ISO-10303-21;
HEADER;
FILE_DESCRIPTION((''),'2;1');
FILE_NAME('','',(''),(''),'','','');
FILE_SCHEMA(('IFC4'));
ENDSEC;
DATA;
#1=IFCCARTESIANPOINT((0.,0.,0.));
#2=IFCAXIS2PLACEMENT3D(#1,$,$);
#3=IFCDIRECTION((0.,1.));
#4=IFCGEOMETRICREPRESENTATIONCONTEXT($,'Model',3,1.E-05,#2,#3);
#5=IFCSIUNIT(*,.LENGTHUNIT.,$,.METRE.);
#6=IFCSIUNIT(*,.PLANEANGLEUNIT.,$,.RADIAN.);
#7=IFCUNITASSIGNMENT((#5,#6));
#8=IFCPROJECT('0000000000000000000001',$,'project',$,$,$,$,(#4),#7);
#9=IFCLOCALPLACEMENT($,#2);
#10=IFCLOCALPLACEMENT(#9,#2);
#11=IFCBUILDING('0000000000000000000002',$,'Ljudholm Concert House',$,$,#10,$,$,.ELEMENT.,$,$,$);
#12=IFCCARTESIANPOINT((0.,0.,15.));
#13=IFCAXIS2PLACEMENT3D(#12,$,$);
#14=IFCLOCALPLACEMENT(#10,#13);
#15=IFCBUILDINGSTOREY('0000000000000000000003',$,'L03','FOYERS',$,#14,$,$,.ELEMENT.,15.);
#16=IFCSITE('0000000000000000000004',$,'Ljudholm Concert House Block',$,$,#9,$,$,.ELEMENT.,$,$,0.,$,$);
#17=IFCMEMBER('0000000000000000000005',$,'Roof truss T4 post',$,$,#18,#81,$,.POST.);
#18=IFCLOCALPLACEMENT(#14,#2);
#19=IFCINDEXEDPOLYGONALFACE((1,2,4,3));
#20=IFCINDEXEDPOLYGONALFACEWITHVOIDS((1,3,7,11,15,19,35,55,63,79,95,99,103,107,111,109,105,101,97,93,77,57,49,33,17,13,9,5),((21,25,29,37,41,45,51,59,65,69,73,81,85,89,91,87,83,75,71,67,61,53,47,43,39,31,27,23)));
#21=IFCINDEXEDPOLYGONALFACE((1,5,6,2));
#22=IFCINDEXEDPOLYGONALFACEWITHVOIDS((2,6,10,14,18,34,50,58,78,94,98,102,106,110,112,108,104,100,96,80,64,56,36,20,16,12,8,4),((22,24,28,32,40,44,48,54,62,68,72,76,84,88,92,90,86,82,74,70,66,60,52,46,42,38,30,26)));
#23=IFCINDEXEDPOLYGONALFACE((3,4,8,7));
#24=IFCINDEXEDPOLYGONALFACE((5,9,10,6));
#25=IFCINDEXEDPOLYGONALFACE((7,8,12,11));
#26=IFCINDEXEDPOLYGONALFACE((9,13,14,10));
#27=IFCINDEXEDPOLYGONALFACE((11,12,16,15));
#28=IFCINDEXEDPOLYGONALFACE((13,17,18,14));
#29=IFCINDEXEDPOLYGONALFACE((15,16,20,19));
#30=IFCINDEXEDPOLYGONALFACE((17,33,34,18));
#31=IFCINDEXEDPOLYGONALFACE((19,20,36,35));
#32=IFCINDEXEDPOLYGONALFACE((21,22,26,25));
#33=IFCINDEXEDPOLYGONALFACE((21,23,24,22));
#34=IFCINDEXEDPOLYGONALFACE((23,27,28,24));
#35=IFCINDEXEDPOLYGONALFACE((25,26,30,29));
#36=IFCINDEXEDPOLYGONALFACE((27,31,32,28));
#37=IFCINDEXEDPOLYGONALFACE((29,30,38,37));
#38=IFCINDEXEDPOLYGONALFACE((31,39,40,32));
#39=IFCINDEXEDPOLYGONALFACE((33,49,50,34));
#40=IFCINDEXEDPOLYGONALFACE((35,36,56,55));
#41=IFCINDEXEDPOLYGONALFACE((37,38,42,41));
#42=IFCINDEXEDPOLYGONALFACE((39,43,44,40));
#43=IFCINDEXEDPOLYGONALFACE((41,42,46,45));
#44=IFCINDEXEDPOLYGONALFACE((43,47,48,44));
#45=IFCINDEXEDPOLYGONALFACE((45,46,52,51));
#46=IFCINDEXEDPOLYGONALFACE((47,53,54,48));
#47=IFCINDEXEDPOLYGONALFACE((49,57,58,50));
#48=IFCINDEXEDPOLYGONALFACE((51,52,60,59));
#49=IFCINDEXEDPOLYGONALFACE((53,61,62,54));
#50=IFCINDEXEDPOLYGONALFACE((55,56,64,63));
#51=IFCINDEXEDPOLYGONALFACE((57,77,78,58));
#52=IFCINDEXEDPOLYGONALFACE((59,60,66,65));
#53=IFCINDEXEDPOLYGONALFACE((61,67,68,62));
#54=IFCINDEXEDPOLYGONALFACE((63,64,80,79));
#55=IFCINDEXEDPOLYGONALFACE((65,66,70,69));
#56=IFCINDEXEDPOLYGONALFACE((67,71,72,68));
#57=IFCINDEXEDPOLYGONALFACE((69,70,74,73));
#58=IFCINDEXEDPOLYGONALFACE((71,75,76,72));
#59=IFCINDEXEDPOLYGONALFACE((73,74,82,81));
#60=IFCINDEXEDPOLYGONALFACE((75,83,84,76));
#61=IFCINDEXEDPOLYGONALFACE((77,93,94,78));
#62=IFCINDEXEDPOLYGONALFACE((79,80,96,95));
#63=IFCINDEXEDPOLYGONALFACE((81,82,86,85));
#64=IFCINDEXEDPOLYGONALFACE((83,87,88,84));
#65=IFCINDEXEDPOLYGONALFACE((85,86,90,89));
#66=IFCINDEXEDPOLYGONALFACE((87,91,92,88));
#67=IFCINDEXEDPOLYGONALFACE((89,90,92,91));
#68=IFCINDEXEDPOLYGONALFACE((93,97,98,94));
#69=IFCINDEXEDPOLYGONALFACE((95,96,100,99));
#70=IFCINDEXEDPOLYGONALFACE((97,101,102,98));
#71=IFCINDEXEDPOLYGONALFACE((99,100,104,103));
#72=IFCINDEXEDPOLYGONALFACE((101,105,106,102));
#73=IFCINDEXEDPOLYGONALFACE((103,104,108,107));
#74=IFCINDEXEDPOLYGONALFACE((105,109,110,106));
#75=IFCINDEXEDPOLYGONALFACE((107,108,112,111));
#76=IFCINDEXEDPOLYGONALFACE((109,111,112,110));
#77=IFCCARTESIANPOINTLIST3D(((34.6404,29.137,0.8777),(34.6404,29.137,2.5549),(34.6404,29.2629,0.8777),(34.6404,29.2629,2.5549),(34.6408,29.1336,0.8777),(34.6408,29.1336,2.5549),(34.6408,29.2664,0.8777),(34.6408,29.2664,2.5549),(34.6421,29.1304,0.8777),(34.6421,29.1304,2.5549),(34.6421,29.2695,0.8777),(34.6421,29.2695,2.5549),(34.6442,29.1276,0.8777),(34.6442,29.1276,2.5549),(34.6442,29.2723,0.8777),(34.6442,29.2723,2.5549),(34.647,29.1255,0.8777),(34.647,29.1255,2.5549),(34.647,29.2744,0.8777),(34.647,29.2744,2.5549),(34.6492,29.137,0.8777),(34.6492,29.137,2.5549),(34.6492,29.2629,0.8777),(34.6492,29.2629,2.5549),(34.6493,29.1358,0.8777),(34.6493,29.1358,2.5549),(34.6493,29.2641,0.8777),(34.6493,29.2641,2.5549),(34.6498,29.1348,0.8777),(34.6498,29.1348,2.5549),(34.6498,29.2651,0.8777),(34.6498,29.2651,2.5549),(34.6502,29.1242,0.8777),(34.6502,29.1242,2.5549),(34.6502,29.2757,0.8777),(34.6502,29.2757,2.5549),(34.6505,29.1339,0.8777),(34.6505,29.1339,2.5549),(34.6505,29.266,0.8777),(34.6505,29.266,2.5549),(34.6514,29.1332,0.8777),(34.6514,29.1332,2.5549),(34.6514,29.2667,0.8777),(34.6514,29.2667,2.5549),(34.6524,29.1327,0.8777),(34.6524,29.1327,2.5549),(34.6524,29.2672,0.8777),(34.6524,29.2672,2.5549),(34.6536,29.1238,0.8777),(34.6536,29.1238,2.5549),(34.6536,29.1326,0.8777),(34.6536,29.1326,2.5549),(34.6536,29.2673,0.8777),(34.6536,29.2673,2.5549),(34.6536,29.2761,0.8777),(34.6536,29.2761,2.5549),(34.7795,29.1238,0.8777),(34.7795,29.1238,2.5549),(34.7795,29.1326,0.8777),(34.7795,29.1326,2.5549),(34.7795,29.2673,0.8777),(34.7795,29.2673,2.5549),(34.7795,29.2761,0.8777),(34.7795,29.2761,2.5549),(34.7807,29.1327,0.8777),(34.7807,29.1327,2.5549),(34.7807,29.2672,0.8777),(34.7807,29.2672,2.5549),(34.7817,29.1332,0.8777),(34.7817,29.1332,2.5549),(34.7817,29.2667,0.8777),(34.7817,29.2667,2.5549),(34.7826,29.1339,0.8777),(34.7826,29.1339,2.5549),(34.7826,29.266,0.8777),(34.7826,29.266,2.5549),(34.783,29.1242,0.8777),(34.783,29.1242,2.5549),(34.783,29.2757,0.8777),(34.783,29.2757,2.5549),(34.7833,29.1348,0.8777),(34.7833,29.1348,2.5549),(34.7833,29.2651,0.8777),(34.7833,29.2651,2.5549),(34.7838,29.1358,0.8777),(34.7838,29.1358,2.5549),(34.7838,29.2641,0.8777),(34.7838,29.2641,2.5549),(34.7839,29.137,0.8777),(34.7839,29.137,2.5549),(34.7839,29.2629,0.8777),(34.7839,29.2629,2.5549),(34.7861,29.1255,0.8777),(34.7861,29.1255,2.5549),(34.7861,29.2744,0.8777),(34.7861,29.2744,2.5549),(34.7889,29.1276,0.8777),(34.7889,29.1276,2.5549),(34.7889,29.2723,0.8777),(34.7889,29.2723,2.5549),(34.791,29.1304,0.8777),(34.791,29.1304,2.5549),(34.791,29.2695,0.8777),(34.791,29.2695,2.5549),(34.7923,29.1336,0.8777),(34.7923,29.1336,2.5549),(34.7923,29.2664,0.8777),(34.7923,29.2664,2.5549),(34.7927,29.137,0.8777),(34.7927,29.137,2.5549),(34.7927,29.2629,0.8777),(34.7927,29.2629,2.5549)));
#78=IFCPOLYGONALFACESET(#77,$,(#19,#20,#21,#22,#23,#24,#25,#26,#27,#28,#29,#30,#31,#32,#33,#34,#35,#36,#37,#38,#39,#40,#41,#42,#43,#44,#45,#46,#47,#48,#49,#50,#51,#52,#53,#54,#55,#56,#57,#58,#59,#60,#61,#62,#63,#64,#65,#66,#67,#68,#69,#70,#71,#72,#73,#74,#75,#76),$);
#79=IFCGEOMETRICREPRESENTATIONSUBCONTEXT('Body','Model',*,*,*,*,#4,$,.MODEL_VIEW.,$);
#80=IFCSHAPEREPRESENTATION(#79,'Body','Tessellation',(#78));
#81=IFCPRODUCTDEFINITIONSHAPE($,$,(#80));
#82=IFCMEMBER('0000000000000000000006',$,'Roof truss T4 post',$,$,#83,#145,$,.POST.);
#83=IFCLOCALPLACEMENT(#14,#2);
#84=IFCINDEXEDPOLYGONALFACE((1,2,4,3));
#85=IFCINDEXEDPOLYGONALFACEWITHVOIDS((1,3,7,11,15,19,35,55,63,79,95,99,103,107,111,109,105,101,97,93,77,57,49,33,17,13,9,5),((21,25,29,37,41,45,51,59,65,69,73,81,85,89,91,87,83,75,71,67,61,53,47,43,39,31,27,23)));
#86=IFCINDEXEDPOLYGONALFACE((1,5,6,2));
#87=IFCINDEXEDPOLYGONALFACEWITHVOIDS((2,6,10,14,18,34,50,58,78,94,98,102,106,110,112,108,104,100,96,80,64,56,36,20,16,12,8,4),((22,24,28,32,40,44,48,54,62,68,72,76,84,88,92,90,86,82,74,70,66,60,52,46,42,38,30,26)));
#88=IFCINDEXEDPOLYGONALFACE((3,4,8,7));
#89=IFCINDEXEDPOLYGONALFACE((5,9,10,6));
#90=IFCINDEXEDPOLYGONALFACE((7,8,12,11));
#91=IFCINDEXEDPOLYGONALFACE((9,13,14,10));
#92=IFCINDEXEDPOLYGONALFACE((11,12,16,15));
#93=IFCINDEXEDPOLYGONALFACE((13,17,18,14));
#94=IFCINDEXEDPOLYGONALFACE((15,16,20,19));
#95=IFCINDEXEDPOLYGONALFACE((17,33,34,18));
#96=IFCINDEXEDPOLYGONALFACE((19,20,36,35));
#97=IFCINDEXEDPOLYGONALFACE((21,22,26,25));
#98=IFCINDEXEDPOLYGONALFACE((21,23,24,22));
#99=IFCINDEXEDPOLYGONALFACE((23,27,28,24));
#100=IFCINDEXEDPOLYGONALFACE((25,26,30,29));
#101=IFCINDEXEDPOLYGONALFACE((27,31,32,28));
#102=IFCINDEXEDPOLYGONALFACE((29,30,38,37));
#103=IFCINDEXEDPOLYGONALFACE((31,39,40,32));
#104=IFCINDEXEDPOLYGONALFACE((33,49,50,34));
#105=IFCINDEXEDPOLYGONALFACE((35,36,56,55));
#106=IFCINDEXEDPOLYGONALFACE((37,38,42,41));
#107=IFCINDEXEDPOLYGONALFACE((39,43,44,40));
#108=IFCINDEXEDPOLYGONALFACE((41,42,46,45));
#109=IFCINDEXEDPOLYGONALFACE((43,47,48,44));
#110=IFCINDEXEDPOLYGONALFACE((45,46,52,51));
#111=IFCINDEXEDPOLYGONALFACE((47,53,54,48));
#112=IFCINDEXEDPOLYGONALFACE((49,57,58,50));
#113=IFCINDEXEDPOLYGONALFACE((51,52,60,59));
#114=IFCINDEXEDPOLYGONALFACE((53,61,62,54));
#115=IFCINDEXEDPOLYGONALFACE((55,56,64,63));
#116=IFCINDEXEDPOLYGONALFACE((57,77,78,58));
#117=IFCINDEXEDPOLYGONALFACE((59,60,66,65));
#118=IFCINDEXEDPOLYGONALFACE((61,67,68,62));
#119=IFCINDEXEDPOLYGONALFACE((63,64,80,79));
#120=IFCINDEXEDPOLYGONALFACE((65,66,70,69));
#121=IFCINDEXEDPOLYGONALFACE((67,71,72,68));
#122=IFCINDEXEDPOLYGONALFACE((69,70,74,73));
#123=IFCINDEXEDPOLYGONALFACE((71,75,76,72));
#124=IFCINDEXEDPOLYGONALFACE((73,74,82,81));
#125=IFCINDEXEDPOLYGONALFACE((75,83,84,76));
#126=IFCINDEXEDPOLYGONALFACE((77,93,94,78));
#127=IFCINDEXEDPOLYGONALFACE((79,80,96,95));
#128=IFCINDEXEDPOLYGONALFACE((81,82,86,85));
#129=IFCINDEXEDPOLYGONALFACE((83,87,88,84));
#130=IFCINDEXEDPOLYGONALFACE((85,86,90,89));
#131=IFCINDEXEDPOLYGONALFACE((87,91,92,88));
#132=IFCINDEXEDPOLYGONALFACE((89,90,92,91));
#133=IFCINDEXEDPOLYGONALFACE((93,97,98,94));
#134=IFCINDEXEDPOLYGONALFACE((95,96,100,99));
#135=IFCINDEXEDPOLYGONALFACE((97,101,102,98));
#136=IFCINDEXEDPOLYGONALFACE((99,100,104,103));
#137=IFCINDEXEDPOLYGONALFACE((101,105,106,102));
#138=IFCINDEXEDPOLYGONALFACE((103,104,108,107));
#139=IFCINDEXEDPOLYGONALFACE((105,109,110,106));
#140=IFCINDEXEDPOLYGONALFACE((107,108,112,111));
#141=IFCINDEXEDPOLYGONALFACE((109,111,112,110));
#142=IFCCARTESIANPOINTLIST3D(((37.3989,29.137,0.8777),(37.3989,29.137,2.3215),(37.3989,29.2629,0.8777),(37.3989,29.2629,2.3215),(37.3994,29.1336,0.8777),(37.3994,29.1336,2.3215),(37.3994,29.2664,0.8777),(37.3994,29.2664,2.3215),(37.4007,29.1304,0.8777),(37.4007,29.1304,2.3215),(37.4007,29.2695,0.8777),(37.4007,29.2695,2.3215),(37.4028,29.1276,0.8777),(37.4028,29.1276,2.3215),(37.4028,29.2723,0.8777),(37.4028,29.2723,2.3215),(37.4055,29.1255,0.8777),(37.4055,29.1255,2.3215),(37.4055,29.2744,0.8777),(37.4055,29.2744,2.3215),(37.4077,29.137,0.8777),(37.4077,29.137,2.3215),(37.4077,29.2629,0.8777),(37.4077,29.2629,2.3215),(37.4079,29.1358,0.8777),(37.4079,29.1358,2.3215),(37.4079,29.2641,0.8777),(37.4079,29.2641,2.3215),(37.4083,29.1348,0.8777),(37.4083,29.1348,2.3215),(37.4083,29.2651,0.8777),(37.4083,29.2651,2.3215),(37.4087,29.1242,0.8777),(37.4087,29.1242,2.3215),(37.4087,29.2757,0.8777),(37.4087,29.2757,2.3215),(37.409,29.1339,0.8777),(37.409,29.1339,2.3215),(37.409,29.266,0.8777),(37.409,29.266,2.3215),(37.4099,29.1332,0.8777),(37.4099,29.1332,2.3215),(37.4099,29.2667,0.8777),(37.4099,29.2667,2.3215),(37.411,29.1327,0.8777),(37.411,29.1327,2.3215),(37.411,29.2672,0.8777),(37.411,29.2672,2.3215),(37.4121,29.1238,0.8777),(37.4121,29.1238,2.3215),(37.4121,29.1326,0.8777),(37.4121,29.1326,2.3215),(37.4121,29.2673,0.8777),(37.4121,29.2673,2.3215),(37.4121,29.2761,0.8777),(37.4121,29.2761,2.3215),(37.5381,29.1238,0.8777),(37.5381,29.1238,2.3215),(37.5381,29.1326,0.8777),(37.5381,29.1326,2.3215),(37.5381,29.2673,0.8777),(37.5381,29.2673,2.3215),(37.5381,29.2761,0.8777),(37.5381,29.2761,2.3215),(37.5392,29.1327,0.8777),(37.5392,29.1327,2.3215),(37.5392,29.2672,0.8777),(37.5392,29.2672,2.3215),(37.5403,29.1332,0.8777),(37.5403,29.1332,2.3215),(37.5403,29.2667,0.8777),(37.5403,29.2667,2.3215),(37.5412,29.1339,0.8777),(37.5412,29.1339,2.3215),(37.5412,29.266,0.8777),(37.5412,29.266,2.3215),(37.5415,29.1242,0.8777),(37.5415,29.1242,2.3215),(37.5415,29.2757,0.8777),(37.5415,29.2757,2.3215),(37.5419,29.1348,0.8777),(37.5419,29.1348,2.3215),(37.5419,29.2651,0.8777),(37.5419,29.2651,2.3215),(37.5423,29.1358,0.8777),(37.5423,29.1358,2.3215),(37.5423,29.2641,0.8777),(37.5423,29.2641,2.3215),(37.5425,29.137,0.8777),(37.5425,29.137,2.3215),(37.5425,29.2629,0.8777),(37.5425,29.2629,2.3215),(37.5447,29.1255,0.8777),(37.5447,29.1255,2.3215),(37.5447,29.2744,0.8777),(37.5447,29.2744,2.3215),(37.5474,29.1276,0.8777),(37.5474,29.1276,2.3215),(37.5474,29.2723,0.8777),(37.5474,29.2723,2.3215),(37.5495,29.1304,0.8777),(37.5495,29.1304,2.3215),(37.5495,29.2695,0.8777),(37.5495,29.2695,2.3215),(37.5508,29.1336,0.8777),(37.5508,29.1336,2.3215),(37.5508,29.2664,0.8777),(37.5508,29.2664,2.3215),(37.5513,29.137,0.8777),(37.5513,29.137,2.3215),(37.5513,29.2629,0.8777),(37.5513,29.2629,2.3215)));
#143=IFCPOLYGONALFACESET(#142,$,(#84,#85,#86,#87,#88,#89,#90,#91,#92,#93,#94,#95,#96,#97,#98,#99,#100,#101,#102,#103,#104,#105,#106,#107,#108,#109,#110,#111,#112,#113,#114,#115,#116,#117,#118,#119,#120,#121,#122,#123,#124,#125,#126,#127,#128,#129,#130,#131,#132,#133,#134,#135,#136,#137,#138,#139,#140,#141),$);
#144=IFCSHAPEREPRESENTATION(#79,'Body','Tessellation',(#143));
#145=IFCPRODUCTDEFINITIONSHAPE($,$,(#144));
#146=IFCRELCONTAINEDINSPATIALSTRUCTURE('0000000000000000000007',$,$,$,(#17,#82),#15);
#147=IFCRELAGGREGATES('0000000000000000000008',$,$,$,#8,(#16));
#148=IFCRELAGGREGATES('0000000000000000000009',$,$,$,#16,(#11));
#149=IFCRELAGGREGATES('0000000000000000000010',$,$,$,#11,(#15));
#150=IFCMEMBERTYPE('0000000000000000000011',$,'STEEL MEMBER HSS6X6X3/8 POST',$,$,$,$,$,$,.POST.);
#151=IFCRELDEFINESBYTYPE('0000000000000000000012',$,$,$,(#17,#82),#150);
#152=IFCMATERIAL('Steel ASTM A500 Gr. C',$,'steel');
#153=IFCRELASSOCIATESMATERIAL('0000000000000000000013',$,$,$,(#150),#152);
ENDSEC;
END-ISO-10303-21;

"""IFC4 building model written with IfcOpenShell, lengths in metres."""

from ifc_helpers import new_model, si_unit, direction, frame, origin, origin_2d, place, context, subcontext, project, spatial, hollow_rectangle, extrude, material, material_profile, profile_set, type_object, element, save


model = new_model("IFC4")

# Units and contexts
model_context = context("Model", 3, precision=1e-05, world=origin(), true_north=direction((0.0, 1.0)))
body_context = subcontext(model_context, "Body", "Model", "MODEL_VIEW")
ifc_project = project(units=[si_unit("LENGTHUNIT", "METRE"), si_unit("PLANEANGLEUNIT", "RADIAN")], contexts=[model_context])

# Site, building, storey
site_placement = place(None, origin())
site = spatial("IfcSite", under=ifc_project, at=site_placement, Name="Ljudholm Concert House Block", CompositionType="ELEMENT", RefElevation=0.0)
building_placement = place(site_placement, origin())
building = spatial("IfcBuilding", under=site, at=building_placement, Name="Ljudholm Concert House", CompositionType="ELEMENT")
storey_placement = place(building_placement, frame((0.0, 0.0, 15.0)))
storey = spatial("IfcBuildingStorey", under=building, at=storey_placement, Name="L03", Description="FOYERS", CompositionType="ELEMENT", Elevation=15.0)

# Members
ifc_material_1 = material(Name="Steel ASTM A500 Gr. C", Category="steel")
ifc_material_profile_1 = material_profile(ifc_material_1, hollow_rectangle(XDim=0.1523, YDim=0.1523, WallThickness=0.0088, InnerFilletRadius=0.0044, OuterFilletRadius=0.0132, at=origin_2d()), Name="HSS6X6X3/8")
ifc_profile_set_1 = profile_set([ifc_material_profile_1], Name="Steel ASTM A500 Gr. C")
member_type_1 = type_object("IfcMemberType", Name="STEEL MEMBER HSS6X6X3/8 POST", PredefinedType="POST", material=ifc_profile_set_1)
member_1_placement = place(storey_placement, frame((34.7166, 29.2, 0.8777), z_axis=(0.0, 0.0, 1.0), x_axis=(1.0, 0.0, 0.0)))
element("IfcMember", 1, at=member_1_placement, inside=storey, type_object=member_type_1, Name="Roof truss T4 post", PredefinedType="POST", context=body_context, shape_type="SweptSolid", body=[
    extrude(hollow_rectangle(XDim=0.1523, YDim=0.1523, WallThickness=0.0088, InnerFilletRadius=0.0044, OuterFilletRadius=0.0132, at=origin_2d()), origin(), (0.0, 0.0, 1.0), 1.6772),
])
member_2_placement = place(storey_placement, frame((37.4751, 29.2, 0.8777), z_axis=(0.0, 0.0, 1.0), x_axis=(1.0, 0.0, 0.0)))
element("IfcMember", 2, at=member_2_placement, inside=storey, type_object=member_type_1, Name="Roof truss T4 post", PredefinedType="POST", context=body_context, shape_type="SweptSolid", body=[
    extrude(hollow_rectangle(XDim=0.1523, YDim=0.1523, WallThickness=0.0088, InnerFilletRadius=0.0044, OuterFilletRadius=0.0132, at=origin_2d()), origin(), (0.0, 0.0, 1.0), 1.4438),
])

save(model, "model.ifc")
